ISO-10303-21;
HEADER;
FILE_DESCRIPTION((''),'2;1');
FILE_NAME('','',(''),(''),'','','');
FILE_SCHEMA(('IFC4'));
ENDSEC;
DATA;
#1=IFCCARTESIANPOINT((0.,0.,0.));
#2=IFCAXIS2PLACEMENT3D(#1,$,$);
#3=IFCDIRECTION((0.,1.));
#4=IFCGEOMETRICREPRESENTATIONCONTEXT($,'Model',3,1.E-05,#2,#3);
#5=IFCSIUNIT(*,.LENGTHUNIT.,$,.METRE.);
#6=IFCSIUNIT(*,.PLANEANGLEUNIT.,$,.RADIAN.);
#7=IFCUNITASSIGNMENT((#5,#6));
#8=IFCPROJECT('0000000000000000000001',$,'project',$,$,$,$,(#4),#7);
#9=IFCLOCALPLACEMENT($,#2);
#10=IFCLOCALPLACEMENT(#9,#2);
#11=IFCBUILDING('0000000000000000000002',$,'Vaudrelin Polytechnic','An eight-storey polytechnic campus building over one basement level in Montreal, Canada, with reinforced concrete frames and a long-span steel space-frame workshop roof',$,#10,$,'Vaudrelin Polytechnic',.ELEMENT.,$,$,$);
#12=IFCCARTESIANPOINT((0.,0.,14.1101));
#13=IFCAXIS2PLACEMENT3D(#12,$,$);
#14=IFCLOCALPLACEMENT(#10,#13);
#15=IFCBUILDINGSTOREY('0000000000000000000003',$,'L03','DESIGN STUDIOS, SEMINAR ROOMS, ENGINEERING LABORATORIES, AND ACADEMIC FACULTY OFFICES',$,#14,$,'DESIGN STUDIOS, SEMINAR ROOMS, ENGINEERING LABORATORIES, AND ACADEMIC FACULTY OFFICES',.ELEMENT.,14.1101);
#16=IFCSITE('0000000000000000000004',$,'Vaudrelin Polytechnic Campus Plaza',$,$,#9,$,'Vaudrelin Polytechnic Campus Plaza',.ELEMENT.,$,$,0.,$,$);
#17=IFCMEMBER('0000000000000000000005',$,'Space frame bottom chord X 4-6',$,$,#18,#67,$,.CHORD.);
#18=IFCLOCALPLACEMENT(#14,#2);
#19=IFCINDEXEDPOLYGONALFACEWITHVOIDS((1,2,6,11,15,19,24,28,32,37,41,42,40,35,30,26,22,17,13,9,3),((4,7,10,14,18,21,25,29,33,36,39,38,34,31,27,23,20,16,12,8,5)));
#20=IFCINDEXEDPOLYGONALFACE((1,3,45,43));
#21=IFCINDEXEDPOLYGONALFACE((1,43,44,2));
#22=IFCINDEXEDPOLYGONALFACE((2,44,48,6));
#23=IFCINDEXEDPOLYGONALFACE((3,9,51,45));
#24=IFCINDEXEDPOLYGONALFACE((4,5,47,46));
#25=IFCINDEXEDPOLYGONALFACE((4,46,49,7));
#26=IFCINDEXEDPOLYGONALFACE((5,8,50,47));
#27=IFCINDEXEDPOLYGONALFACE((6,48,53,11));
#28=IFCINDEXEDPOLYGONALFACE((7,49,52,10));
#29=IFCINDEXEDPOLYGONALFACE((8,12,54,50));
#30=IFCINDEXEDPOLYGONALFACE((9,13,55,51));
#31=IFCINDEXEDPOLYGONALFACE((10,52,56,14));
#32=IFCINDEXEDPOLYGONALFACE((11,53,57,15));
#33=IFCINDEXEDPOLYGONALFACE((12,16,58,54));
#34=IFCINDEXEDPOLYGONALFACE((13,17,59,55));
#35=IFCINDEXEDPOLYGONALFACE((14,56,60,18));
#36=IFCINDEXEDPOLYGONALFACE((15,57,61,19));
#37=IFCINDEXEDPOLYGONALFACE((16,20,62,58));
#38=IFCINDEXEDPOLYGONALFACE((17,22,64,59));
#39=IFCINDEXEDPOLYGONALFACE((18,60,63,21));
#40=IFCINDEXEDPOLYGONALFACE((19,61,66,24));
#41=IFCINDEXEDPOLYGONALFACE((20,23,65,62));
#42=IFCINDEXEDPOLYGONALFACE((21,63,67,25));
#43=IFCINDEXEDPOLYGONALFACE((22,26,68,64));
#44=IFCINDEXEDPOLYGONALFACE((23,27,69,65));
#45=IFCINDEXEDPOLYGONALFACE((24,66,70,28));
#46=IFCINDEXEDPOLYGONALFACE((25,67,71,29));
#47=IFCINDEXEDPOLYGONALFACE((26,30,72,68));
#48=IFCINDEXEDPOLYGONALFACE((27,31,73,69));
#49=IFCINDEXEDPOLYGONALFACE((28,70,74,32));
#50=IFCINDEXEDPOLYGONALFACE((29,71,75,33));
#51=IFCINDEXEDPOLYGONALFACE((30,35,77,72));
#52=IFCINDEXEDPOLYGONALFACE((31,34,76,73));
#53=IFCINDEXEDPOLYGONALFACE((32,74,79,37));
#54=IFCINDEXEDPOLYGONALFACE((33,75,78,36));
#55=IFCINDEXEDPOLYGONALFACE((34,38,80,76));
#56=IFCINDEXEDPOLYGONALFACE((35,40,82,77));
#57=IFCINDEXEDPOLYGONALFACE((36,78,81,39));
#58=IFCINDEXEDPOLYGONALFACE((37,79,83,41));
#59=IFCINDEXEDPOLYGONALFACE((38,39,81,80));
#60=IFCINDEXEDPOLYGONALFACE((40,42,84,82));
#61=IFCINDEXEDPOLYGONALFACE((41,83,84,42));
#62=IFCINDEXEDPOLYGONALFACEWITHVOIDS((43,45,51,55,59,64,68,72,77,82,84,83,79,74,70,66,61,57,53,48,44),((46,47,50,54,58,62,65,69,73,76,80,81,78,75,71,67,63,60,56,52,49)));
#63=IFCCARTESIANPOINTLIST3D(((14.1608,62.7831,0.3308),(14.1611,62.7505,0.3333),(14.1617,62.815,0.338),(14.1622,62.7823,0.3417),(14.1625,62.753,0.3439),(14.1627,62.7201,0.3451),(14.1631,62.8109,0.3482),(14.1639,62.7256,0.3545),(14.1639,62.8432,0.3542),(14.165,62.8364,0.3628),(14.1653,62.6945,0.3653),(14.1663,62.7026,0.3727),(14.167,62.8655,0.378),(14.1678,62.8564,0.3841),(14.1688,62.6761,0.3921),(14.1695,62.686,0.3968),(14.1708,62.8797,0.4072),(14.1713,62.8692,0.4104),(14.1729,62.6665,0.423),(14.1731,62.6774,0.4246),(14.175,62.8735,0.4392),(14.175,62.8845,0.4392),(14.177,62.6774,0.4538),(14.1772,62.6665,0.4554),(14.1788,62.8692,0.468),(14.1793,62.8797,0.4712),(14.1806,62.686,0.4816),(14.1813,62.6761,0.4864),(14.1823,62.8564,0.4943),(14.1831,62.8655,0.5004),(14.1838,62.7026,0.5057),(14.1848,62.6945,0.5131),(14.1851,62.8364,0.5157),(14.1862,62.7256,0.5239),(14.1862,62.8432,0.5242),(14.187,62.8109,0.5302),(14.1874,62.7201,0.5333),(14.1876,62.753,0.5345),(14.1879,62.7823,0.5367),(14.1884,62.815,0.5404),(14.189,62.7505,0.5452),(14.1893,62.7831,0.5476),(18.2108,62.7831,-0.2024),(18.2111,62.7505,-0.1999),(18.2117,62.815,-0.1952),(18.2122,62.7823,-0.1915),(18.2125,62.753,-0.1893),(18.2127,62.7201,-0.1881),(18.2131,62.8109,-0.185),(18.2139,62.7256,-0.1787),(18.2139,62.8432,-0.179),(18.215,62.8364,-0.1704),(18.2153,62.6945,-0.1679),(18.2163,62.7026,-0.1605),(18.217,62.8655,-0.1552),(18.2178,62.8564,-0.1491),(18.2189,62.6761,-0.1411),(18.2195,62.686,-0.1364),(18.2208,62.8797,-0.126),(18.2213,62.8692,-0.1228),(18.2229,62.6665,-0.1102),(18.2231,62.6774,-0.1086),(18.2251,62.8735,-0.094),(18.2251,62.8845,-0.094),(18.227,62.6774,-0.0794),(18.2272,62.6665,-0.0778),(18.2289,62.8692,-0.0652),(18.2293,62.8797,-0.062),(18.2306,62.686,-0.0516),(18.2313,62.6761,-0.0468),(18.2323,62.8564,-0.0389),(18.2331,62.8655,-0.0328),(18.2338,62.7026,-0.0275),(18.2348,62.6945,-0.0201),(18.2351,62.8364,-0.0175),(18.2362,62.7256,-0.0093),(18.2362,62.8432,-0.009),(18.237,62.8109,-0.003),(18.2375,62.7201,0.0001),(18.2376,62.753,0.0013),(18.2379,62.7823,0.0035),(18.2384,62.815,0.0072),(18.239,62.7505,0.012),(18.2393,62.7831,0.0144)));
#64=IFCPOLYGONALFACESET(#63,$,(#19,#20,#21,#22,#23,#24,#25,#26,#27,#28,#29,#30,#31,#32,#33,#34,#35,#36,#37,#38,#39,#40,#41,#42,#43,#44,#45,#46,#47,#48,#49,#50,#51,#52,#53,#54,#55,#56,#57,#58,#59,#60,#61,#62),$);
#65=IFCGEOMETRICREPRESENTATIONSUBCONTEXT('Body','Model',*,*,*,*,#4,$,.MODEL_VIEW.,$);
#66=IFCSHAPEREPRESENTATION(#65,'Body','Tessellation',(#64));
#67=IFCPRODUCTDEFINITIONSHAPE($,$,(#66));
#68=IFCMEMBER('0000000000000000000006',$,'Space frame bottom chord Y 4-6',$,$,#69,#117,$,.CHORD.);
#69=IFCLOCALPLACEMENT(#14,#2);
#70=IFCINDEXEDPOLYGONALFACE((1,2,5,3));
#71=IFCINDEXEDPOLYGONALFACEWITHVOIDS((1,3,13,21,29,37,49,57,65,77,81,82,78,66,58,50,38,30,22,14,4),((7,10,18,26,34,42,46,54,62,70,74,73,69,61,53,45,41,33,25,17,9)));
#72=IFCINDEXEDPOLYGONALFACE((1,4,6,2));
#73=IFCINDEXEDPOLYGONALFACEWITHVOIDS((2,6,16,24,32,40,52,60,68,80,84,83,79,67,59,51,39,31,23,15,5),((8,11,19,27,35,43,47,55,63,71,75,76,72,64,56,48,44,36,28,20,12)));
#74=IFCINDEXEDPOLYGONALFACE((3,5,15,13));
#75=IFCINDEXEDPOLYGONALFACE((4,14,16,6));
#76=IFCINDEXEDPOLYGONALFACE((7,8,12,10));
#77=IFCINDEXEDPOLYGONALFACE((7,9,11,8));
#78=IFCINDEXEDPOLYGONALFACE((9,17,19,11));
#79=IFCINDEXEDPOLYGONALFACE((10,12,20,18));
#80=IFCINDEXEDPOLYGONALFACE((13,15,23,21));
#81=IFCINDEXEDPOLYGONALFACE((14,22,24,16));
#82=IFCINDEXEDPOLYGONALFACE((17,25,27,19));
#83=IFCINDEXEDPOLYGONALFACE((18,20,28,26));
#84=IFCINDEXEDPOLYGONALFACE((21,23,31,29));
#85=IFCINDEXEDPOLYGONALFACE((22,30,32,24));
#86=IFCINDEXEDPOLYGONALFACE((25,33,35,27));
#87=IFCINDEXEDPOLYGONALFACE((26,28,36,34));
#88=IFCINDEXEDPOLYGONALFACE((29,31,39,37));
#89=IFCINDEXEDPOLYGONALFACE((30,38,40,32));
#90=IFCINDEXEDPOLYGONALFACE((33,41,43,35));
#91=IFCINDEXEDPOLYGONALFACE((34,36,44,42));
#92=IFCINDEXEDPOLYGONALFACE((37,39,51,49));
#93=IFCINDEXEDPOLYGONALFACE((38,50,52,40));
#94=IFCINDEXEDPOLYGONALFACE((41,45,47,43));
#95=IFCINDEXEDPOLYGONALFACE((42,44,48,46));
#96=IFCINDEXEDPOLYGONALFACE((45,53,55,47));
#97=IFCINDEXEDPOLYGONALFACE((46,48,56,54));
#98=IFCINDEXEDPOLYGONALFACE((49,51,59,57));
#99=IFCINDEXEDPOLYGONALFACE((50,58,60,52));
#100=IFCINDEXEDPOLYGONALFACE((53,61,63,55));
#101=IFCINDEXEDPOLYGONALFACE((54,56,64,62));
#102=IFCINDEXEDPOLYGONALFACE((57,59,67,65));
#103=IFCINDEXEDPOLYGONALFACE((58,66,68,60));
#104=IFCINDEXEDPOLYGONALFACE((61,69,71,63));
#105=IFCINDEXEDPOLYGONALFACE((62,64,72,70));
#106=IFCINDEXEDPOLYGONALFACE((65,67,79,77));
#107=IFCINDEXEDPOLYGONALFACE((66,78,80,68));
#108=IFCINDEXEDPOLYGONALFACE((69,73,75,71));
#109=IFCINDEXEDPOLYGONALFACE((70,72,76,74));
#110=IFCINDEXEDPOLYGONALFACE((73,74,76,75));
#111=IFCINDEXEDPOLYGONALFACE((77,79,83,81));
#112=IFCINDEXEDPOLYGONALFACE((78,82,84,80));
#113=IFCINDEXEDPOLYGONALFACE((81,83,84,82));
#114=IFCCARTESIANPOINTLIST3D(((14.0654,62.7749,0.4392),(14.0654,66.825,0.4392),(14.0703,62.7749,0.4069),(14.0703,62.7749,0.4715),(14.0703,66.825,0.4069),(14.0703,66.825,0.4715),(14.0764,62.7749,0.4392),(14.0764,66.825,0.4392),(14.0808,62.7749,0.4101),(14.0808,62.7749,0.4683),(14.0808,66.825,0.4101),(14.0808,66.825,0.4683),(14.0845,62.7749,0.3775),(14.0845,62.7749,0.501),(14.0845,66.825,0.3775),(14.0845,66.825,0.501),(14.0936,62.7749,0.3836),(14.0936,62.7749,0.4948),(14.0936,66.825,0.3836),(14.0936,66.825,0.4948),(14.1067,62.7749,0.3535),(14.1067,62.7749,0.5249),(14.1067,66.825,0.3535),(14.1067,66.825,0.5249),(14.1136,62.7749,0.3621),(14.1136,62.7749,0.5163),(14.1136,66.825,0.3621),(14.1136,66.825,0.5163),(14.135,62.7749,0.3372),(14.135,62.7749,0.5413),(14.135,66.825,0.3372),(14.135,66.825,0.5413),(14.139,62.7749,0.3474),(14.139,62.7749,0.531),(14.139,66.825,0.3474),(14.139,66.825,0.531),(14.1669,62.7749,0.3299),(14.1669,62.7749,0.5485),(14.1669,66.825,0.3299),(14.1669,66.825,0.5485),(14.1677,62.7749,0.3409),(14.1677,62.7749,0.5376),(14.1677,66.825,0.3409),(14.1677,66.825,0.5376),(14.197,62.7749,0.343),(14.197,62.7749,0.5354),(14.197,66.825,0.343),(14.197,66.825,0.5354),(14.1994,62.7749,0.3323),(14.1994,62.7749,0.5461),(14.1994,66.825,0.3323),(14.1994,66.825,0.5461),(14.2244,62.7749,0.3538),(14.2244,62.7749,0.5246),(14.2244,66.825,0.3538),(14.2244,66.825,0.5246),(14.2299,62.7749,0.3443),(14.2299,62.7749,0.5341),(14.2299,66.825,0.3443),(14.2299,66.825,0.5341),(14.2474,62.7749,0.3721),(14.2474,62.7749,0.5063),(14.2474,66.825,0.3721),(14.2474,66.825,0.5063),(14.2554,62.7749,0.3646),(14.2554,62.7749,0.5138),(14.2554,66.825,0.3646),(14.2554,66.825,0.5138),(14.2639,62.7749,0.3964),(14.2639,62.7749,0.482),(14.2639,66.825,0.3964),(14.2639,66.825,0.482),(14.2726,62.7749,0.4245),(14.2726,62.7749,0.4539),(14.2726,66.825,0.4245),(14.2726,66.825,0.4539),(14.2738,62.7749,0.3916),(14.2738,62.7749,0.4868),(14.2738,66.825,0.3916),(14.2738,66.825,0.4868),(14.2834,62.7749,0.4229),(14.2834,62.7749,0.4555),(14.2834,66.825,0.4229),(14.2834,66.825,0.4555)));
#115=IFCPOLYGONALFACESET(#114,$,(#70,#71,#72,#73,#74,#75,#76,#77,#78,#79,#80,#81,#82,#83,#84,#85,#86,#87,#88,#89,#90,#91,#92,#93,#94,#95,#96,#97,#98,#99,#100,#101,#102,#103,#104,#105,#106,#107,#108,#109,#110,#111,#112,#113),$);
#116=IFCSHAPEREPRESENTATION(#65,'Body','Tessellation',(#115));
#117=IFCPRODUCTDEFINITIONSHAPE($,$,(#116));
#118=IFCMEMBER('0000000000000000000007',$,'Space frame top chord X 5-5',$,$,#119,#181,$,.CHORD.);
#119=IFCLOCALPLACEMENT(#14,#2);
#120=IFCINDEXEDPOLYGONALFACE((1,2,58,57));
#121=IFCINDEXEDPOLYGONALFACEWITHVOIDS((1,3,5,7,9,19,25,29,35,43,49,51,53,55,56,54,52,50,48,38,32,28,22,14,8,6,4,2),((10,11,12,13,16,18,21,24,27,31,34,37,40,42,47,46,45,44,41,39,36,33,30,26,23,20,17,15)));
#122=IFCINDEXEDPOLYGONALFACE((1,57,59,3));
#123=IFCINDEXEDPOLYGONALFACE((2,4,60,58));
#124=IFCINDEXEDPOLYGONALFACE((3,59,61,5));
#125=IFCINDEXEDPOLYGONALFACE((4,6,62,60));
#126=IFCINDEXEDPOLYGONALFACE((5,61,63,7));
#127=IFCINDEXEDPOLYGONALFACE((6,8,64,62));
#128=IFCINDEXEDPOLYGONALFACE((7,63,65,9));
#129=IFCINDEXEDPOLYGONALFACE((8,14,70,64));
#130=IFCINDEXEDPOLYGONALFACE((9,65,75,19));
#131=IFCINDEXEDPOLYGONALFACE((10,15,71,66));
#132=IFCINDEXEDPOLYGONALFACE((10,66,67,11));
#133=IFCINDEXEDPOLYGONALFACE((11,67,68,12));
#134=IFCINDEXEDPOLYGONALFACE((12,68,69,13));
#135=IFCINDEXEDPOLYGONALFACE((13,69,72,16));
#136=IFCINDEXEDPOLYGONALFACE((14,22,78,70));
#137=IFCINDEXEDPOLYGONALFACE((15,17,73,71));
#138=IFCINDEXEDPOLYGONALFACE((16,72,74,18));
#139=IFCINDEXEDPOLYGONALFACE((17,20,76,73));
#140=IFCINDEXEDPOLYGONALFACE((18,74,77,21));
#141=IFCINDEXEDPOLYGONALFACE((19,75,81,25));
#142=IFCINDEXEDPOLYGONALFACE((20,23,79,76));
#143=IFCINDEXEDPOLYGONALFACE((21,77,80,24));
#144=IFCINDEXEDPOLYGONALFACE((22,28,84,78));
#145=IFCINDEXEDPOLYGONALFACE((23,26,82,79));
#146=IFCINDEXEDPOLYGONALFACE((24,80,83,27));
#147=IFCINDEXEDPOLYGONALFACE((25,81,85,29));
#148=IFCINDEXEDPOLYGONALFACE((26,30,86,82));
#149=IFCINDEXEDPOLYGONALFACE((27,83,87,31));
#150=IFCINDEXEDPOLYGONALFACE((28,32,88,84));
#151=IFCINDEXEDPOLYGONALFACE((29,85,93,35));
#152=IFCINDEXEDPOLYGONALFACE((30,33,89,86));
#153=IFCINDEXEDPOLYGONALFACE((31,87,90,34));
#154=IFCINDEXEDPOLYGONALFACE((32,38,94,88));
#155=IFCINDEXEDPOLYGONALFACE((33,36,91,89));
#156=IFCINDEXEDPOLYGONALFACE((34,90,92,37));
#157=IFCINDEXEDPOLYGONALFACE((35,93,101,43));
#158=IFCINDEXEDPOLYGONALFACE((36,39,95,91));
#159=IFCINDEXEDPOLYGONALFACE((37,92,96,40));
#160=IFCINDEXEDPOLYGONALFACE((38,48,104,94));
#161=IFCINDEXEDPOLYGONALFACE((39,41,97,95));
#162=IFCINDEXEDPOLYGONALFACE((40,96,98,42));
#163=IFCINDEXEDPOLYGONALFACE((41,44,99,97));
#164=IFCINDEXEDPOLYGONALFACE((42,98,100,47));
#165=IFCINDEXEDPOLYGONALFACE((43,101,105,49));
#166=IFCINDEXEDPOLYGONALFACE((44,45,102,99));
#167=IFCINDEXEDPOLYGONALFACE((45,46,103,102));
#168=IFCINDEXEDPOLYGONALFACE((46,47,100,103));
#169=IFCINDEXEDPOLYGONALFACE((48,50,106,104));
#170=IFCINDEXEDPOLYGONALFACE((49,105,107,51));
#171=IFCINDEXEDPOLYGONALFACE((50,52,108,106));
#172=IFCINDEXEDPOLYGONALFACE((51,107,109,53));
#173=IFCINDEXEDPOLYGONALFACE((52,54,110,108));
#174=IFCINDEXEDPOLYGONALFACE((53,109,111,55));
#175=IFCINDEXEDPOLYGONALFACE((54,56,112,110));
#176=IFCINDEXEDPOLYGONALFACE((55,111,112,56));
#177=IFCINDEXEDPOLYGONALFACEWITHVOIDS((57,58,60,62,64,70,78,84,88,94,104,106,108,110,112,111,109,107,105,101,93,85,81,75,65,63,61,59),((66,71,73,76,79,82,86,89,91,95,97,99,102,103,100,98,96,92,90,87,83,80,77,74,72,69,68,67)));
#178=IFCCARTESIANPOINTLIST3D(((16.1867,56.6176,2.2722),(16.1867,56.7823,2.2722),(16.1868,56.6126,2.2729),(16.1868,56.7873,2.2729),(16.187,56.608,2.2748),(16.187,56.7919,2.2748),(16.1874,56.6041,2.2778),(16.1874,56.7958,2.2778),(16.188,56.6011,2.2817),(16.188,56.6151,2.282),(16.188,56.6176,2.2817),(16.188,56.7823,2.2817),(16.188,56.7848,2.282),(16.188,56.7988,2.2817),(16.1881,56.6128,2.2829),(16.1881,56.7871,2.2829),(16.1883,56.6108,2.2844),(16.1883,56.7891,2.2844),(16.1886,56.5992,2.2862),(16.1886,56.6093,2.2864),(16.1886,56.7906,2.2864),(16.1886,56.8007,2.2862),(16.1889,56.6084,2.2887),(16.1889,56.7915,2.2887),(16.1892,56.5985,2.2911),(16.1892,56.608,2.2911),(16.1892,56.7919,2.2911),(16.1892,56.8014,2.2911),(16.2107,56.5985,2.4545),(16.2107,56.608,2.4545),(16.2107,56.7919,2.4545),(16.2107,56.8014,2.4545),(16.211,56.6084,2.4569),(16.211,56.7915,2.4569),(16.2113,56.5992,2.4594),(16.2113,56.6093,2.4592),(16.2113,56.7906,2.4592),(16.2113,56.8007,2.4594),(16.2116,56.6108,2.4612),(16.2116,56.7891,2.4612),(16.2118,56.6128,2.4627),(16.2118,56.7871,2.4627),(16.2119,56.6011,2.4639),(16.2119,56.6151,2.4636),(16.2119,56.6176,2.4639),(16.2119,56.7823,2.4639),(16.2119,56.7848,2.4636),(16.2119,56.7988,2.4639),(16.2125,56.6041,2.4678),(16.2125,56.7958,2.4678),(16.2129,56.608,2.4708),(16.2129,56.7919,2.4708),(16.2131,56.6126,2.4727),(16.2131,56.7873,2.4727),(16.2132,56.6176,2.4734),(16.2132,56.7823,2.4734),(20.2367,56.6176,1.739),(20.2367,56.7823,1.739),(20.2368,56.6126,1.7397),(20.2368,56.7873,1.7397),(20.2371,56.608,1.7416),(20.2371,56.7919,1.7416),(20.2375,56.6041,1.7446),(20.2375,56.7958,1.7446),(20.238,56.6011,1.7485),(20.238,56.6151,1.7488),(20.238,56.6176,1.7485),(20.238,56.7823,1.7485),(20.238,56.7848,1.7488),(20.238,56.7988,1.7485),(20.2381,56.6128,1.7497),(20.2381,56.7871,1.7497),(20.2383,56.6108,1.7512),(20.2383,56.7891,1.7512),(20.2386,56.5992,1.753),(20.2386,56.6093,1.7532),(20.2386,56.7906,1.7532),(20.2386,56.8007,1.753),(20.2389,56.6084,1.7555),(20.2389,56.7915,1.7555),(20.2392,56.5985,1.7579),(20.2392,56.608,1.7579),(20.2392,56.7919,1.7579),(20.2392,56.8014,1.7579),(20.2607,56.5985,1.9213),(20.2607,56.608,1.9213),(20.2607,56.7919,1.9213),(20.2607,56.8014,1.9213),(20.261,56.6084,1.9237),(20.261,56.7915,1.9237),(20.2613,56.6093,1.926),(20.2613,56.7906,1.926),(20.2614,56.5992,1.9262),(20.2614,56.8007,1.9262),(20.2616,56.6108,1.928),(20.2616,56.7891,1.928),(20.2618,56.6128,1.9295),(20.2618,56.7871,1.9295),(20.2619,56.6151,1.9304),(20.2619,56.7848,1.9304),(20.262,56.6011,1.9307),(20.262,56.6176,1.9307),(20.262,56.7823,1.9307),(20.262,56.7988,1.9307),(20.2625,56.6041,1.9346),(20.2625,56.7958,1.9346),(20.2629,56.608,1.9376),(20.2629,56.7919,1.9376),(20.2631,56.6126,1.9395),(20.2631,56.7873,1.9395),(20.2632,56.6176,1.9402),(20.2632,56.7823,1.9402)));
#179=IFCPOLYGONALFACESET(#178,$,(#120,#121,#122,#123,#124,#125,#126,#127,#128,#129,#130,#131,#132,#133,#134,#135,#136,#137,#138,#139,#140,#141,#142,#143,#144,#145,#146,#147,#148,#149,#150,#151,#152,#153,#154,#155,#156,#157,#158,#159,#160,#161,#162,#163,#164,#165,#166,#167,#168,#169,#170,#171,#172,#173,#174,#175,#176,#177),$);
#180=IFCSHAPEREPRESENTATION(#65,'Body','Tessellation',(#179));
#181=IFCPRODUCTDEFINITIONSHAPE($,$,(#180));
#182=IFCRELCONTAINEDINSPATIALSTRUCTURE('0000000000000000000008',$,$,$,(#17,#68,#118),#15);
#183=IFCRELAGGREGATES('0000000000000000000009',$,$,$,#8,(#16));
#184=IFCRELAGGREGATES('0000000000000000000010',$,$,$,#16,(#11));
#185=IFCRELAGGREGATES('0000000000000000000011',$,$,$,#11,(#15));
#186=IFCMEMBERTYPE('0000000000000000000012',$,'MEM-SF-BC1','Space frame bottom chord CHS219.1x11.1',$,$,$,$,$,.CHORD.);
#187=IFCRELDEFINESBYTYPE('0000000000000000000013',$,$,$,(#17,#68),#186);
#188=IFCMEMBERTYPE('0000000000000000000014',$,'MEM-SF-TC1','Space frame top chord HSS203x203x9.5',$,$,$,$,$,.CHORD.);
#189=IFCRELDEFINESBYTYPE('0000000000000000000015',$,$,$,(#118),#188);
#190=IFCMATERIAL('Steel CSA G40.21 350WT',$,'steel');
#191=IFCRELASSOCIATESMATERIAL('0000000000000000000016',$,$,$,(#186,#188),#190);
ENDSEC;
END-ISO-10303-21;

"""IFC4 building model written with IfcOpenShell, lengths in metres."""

from ifc_helpers import new_model, si_unit, direction, frame, origin, origin_2d, place, context, subcontext, project, spatial, hollow_rectangle, hollow_circle, extrude, material, material_profile, profile_set, type_object, element, save


model = new_model("IFC4")

# Units and contexts
model_context = context("Model", 3, precision=1e-05, world=origin(), true_north=direction((0.0, 1.0)))
body_context = subcontext(model_context, "Body", "Model", "MODEL_VIEW")
ifc_project = project(units=[si_unit("LENGTHUNIT", "METRE"), si_unit("PLANEANGLEUNIT", "RADIAN")], contexts=[model_context])

# Site, building, storey
site_placement = place(None, origin())
site = spatial("IfcSite", under=ifc_project, at=site_placement, Name="Vaudrelin Polytechnic Campus Plaza", LongName="Vaudrelin Polytechnic Campus Plaza", CompositionType="ELEMENT", RefElevation=0.0)
building_placement = place(site_placement, origin())
building = spatial("IfcBuilding", under=site, at=building_placement, Name="Vaudrelin Polytechnic", Description="An eight-storey polytechnic campus building over one basement level in Montreal, Canada, with reinforced concrete frames and a long-span steel space-frame workshop roof", LongName="Vaudrelin Polytechnic", CompositionType="ELEMENT")
storey_placement = place(building_placement, frame((0.0, 0.0, 14.1101)))
storey = spatial("IfcBuildingStorey", under=building, at=storey_placement, Name="L03", Description="DESIGN STUDIOS, SEMINAR ROOMS, ENGINEERING LABORATORIES, AND ACADEMIC FACULTY OFFICES", LongName="DESIGN STUDIOS, SEMINAR ROOMS, ENGINEERING LABORATORIES, AND ACADEMIC FACULTY OFFICES", CompositionType="ELEMENT", Elevation=14.1101)

# Members
ifc_material = material(Name="Steel CSA G40.21 350WT", Category="steel")
ifc_material_profile_1 = material_profile(ifc_material, hollow_circle(Radius=0.1096, WallThickness=0.011, at=origin_2d()), Name="CHS219.1x11.1")
ifc_profile_set_1 = profile_set([ifc_material_profile_1], Name="Steel CSA G40.21 350WT")
member_type_1 = type_object("IfcMemberType", Name="MEM-SF-BC1", Description="Space frame bottom chord CHS219.1x11.1", PredefinedType="CHORD", material=ifc_profile_set_1)
member_1_placement = place(storey_placement, frame((14.175, 62.7749, 0.4392), z_axis=(0.991445, 0.0, -0.130527), x_axis=(0.0, 1.0, 0.0)))
element("IfcMember", 1, at=member_1_placement, inside=storey, type_object=member_type_1, Name="Space frame bottom chord X 4-6", PredefinedType="CHORD", context=body_context, shape_type="SweptSolid", body=[
    extrude(hollow_circle(Radius=0.1096, WallThickness=0.011, at=origin_2d()), origin(), (0.0, 0.0, 1.0), 4.085),
])
member_2_placement = place(storey_placement, frame((14.175, 62.7749, 0.4392), z_axis=(0.0, 1.0, 0.0), x_axis=(-1.0, 0.0, 0.0)))
element("IfcMember", 2, at=member_2_placement, inside=storey, type_object=member_type_1, Name="Space frame bottom chord Y 4-6", PredefinedType="CHORD", context=body_context, shape_type="SweptSolid", body=[
    extrude(hollow_circle(Radius=0.1096, WallThickness=0.011, at=origin_2d()), origin(), (0.0, 0.0, 1.0), 4.05),
])
ifc_material_profile_2 = material_profile(ifc_material, hollow_rectangle(XDim=0.2029, YDim=0.2029, WallThickness=0.0095, InnerFilletRadius=0.0095, OuterFilletRadius=0.019, at=origin_2d()), Name="HSS203x203x9.5")
ifc_profile_set_2 = profile_set([ifc_material_profile_2], Name="Steel CSA G40.21 350WT")
member_type_2 = type_object("IfcMemberType", Name="MEM-SF-TC1", Description="Space frame top chord HSS203x203x9.5", PredefinedType="CHORD", material=ifc_profile_set_2)
for number, where, z_axis, x_axis, name in (
    (3, (16.2, 56.7, 2.3728), (0.991445, 0.0, -0.130527), (0.0, 1.0, 0.0), "Space frame top chord X 5-5"),
):
    element("IfcMember", number, at=place(storey_placement, frame(where, z_axis=z_axis, x_axis=x_axis)), inside=storey, type_object=member_type_2, Name=name, PredefinedType="CHORD", context=body_context, shape_type="SweptSolid", body=[
        extrude(hollow_rectangle(XDim=0.2029, YDim=0.2029, WallThickness=0.0095, InnerFilletRadius=0.0095, OuterFilletRadius=0.019, at=origin_2d()), origin(), (0.0, 0.0, 1.0), 4.085),
    ])

save(model, "model.ifc")
